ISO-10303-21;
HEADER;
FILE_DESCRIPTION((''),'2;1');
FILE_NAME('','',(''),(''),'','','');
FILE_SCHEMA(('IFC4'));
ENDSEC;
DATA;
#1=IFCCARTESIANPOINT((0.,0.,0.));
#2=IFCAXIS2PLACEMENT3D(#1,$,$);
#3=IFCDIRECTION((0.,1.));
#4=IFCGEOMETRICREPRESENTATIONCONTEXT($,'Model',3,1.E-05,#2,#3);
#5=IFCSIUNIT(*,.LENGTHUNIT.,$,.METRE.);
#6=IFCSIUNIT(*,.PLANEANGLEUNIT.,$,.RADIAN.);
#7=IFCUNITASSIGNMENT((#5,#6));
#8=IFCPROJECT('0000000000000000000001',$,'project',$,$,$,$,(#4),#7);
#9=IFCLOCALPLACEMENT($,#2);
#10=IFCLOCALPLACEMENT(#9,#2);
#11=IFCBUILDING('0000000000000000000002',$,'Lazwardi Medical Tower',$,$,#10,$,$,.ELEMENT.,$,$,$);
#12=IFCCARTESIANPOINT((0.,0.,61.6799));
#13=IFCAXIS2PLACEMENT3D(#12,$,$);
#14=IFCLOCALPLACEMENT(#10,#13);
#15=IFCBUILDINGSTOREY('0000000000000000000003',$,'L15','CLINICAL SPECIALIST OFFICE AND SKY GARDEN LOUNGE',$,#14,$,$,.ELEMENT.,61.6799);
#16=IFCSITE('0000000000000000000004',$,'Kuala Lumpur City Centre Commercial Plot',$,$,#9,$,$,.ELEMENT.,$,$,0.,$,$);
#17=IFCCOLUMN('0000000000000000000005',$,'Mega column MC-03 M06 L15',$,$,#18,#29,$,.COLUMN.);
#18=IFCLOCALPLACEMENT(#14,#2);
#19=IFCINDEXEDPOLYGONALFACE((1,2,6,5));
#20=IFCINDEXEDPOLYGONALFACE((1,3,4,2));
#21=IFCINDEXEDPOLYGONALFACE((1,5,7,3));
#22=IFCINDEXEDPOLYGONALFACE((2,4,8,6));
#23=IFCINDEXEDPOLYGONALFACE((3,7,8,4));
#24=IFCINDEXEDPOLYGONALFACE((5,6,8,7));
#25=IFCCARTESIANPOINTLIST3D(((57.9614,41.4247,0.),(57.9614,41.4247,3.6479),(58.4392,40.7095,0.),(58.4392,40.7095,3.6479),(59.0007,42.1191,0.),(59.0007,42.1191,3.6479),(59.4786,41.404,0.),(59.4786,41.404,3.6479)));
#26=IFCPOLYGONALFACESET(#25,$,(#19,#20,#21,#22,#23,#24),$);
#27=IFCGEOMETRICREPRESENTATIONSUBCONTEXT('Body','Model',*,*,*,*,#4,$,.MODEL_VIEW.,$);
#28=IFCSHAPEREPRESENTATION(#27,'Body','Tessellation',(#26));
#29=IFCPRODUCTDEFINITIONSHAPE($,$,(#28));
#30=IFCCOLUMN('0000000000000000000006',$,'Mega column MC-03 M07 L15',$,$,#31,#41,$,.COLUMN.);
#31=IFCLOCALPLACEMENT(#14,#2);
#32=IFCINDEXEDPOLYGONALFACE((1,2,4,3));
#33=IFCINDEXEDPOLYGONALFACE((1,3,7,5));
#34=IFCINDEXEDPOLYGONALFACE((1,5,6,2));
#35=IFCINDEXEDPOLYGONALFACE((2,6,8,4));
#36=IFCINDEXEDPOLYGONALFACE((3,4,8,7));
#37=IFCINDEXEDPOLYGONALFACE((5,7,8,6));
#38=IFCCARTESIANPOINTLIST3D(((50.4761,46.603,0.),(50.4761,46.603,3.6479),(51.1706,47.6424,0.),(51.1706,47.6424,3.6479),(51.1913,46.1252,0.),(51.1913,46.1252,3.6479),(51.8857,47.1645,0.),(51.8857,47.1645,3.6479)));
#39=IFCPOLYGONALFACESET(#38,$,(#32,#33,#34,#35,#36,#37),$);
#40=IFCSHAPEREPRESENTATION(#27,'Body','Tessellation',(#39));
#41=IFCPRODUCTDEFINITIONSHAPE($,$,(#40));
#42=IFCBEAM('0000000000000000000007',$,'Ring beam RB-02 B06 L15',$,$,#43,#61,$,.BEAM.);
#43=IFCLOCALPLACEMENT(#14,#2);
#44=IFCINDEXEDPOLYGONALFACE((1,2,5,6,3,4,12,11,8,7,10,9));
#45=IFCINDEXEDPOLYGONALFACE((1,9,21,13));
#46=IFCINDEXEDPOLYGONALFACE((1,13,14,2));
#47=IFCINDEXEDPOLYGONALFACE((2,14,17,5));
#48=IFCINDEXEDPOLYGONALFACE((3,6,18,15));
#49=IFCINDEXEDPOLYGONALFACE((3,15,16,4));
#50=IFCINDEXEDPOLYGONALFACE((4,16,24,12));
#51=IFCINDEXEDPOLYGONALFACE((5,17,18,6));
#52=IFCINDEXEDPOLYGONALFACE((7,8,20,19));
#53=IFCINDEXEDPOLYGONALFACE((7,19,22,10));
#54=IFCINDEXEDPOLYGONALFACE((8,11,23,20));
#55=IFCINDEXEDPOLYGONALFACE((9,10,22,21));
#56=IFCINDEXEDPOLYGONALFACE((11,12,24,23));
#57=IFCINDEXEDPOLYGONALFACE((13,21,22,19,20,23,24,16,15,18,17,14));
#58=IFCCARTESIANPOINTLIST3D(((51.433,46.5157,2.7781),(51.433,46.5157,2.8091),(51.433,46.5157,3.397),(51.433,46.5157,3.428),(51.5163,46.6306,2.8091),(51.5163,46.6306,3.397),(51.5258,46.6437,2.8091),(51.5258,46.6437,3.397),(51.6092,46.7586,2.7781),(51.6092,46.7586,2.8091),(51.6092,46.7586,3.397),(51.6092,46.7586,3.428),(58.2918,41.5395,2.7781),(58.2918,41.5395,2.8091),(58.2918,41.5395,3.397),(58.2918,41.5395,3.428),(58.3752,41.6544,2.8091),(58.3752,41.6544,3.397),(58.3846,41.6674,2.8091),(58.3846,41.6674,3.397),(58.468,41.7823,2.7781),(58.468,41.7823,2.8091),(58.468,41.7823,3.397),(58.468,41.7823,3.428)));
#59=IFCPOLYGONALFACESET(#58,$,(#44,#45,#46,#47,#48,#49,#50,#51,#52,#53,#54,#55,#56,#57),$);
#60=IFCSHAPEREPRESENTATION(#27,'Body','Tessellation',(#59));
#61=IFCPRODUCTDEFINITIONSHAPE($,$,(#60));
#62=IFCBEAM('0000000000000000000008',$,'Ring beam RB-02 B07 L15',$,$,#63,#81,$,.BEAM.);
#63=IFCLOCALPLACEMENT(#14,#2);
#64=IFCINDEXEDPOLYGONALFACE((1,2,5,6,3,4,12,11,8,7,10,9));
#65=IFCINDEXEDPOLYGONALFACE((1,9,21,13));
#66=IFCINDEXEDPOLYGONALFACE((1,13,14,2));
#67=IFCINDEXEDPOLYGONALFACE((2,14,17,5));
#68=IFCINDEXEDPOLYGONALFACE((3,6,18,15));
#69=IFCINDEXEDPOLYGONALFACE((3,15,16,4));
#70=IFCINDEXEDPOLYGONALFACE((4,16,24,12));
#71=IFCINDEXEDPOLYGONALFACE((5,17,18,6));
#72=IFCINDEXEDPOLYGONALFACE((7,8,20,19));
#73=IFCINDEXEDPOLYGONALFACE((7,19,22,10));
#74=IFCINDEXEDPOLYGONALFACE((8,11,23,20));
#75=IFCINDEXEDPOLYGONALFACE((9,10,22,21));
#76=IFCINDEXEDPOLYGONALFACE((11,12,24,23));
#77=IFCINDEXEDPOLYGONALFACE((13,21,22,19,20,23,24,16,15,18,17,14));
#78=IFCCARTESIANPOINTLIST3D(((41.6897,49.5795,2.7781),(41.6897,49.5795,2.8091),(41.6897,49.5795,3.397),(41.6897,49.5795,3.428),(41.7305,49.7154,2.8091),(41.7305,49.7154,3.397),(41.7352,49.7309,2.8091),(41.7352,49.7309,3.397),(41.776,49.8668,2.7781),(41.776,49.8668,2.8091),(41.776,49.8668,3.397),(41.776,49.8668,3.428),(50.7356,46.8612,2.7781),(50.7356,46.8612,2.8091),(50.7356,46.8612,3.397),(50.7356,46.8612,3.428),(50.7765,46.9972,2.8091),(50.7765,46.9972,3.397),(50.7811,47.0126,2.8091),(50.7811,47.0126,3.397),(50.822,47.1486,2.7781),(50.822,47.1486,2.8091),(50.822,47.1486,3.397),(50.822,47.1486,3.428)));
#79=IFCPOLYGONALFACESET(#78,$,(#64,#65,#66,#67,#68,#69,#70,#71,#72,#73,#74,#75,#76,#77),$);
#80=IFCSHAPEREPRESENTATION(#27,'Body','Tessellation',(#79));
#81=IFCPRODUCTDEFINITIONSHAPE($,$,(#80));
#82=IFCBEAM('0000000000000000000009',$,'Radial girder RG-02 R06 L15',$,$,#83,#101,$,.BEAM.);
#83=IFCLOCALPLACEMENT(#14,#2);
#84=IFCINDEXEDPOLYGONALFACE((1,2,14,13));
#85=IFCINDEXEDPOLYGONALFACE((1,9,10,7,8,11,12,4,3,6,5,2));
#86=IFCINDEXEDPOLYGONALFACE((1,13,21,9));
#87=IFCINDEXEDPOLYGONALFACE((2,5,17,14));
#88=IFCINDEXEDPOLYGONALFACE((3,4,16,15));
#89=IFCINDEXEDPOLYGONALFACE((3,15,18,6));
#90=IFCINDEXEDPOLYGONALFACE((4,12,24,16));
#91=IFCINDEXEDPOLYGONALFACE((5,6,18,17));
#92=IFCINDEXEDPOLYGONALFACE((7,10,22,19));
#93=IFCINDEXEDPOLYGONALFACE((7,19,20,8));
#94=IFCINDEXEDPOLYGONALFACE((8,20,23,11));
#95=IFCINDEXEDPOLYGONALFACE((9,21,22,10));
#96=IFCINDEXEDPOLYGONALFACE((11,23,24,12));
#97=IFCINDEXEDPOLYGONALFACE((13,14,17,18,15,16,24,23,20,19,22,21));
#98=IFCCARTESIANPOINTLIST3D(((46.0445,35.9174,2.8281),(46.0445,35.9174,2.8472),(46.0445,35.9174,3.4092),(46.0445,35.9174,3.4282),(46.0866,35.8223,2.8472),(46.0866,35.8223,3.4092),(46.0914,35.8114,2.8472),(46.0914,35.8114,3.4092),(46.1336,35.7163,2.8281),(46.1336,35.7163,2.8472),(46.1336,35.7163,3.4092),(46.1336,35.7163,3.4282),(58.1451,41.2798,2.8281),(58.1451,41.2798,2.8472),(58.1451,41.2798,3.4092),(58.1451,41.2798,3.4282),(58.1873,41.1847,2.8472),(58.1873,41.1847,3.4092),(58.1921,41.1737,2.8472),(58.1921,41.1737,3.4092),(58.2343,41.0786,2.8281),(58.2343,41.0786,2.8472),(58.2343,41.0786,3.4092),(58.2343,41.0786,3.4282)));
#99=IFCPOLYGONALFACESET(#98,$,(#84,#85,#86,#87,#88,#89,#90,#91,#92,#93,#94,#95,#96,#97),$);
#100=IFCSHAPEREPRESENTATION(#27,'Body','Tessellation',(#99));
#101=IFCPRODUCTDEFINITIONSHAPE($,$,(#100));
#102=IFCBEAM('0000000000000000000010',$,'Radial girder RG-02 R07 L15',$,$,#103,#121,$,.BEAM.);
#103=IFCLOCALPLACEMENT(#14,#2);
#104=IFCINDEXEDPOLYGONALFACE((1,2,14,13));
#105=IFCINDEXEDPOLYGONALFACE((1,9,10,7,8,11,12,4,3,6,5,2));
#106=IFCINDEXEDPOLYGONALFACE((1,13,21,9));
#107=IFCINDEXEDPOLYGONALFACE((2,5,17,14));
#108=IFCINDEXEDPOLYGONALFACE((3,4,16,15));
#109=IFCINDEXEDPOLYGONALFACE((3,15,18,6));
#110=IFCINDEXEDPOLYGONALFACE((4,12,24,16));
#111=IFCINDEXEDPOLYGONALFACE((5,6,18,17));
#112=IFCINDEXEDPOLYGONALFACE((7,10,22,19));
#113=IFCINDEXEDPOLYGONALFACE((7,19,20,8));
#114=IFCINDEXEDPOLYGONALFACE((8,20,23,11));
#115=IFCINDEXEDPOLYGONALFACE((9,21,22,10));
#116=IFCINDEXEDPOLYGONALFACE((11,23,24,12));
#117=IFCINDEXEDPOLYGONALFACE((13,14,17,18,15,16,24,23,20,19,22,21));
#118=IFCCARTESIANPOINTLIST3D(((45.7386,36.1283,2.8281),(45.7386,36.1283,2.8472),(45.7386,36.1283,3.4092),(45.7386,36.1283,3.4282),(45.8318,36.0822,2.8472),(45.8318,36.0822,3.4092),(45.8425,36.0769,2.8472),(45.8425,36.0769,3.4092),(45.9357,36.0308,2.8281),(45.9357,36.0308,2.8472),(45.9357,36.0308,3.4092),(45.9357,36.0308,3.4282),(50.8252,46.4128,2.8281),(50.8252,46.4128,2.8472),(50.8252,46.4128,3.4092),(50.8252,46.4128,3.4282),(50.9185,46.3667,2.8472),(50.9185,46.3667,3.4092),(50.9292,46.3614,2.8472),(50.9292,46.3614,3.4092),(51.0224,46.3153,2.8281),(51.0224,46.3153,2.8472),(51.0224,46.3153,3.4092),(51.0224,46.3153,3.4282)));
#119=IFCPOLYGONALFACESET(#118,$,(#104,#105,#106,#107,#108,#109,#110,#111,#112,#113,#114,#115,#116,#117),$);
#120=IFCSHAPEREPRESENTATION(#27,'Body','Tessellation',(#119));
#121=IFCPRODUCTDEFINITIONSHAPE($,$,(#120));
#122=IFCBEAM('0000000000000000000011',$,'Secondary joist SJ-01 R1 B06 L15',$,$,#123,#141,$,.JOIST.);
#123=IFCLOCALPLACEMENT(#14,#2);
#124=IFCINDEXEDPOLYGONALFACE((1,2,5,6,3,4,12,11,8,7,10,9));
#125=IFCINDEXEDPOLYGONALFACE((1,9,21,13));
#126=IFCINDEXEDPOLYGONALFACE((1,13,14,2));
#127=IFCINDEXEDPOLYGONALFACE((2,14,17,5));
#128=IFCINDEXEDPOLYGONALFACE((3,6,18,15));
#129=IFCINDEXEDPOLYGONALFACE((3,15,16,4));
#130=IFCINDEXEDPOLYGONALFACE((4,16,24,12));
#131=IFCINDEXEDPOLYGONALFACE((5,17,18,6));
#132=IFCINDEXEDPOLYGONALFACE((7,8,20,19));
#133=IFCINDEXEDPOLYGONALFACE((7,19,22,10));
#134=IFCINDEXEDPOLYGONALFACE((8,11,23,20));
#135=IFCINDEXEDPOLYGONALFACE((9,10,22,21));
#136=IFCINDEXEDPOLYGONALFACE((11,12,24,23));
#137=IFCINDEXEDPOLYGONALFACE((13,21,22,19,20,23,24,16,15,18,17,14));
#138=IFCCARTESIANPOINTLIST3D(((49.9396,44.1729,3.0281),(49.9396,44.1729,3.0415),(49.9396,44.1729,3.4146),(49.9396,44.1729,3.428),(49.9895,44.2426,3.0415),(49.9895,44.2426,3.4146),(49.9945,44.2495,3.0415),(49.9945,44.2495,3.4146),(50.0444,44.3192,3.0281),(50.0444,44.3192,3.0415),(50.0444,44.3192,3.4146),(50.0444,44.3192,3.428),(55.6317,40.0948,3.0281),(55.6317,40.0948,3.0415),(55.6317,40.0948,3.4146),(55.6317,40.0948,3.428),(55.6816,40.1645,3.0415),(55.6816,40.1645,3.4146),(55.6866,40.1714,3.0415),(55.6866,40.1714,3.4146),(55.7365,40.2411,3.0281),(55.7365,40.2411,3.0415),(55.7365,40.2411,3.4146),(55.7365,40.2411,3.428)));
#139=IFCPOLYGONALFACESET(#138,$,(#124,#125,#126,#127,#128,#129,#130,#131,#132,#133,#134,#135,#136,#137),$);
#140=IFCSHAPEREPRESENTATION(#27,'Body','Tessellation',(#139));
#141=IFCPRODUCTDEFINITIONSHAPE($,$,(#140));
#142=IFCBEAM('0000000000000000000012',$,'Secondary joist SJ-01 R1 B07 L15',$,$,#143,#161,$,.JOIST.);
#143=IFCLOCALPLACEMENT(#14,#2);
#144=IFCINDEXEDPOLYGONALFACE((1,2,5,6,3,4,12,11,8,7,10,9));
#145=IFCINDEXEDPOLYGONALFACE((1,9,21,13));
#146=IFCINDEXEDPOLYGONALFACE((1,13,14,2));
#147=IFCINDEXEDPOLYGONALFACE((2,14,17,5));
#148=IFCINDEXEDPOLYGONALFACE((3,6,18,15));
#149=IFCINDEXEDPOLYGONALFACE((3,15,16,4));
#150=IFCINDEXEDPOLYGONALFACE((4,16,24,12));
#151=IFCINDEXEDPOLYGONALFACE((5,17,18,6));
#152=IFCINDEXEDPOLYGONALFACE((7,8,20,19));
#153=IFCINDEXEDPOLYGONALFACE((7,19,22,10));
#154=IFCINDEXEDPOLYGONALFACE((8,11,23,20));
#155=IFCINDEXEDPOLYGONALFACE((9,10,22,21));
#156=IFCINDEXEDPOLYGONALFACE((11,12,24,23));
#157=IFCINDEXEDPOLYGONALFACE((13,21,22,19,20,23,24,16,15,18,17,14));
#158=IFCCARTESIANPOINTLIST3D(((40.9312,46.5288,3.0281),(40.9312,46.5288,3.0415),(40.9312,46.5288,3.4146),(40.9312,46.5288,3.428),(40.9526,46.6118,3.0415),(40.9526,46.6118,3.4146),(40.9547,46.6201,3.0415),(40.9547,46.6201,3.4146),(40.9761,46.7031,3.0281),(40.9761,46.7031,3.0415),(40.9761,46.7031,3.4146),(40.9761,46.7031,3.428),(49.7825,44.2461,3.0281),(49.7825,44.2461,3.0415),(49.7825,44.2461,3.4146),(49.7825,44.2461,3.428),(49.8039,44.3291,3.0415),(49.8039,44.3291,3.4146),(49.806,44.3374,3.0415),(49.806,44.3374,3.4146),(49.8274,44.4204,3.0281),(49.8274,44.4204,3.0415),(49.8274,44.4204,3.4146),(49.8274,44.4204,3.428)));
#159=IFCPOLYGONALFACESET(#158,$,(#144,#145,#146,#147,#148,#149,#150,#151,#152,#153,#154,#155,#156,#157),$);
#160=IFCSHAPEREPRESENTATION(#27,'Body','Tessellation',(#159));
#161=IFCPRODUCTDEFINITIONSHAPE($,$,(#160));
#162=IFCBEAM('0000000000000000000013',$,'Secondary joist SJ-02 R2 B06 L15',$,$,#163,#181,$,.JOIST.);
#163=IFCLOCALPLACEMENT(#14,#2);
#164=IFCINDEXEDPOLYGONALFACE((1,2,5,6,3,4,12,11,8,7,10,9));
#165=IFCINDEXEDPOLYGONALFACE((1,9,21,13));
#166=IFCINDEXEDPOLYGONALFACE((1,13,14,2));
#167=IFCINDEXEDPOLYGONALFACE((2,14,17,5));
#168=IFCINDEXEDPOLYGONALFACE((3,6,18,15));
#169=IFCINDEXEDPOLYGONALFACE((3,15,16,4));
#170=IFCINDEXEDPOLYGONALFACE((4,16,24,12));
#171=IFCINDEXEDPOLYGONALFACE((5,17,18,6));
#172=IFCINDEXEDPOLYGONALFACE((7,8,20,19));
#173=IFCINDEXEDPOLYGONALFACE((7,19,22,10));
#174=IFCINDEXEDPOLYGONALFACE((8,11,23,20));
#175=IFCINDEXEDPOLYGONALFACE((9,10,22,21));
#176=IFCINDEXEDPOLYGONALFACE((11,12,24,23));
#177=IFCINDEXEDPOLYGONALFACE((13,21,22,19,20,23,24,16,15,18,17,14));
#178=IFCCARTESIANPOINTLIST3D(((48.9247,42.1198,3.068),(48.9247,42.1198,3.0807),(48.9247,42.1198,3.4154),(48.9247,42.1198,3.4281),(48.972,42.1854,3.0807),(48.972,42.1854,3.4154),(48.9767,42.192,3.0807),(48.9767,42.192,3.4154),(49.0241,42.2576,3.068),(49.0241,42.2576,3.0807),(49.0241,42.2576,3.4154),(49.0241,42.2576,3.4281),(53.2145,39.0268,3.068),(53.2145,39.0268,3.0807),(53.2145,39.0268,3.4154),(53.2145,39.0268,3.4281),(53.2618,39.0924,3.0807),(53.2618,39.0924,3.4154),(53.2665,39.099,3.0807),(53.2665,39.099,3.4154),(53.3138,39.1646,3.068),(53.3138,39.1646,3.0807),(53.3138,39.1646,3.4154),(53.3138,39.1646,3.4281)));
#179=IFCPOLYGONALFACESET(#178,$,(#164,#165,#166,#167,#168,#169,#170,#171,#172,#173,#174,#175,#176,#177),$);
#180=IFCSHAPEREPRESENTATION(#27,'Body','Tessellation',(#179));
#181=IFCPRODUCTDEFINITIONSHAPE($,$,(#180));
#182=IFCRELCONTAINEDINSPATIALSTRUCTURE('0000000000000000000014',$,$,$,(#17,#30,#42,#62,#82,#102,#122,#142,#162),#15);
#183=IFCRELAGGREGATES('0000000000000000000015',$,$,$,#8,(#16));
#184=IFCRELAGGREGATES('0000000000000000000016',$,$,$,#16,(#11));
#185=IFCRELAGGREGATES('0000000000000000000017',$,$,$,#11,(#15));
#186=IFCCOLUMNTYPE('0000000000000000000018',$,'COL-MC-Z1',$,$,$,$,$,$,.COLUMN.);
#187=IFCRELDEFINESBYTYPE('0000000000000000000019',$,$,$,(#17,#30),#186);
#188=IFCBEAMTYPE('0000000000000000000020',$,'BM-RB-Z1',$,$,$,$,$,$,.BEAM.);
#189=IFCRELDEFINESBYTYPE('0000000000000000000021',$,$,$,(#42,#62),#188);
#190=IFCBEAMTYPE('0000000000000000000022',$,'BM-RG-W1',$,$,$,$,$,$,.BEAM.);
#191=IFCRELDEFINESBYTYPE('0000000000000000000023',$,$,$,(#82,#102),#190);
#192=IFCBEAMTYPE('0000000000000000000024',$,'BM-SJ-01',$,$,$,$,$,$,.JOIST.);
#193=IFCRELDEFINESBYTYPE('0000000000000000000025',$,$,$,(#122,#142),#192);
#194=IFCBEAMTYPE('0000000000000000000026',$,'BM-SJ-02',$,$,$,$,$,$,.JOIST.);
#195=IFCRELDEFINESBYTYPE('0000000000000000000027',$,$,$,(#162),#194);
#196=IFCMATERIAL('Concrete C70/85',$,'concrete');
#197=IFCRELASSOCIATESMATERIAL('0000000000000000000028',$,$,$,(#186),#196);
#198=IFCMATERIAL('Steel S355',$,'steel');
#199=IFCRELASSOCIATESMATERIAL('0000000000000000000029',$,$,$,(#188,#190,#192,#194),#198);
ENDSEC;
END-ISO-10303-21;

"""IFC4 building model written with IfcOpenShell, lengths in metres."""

from ifc_helpers import new_model, si_unit, direction, frame, origin, origin_2d, place, context, subcontext, project, spatial, rectangle, i_section, extrude, material, material_profile, profile_set, type_object, element, save


model = new_model("IFC4")

# Units and contexts
model_context = context("Model", 3, precision=1e-05, world=origin(), true_north=direction((0.0, 1.0)))
body_context = subcontext(model_context, "Body", "Model", "MODEL_VIEW")
ifc_project = project(units=[si_unit("LENGTHUNIT", "METRE"), si_unit("PLANEANGLEUNIT", "RADIAN")], contexts=[model_context])

# Site, building, storey
site_placement = place(None, origin())
site = spatial("IfcSite", under=ifc_project, at=site_placement, Name="Kuala Lumpur City Centre Commercial Plot", CompositionType="ELEMENT", RefElevation=0.0)
building_placement = place(site_placement, origin())
building = spatial("IfcBuilding", under=site, at=building_placement, Name="Lazwardi Medical Tower", CompositionType="ELEMENT")
storey_placement = place(building_placement, frame((0.0, 0.0, 61.6799)))
storey = spatial("IfcBuildingStorey", under=building, at=storey_placement, Name="L15", Description="CLINICAL SPECIALIST OFFICE AND SKY GARDEN LOUNGE", CompositionType="ELEMENT", Elevation=61.6799)

# Columns
ifc_material_1 = material(Name="Concrete C70/85", Category="concrete")
ifc_material_profile_1 = material_profile(ifc_material_1, rectangle(XDim=1.25, YDim=0.8601, at=origin_2d()), Name="CFT-RECT 1250x860")
ifc_profile_set_1 = profile_set([ifc_material_profile_1], Name="Concrete C70/85")
column_type = type_object("IfcColumnType", Name="COL-MC-Z1", PredefinedType="COLUMN", material=ifc_profile_set_1)
for number, where, z_axis, x_axis, name in (
    (1, (58.72, 41.4143, 0.0), (0.0, 0.0, 1.0), (0.83147, 0.55557, 0.0), "Mega column MC-03 M06 L15"),
    (2, (51.1809, 46.8838, 0.0), (0.0, 0.0, 1.0), (0.55557, 0.83147, 0.0), "Mega column MC-03 M07 L15"),
):
    element("IfcColumn", number, at=place(storey_placement, frame(where, z_axis=z_axis, x_axis=x_axis)), inside=storey, type_object=column_type, Name=name, PredefinedType="COLUMN", context=body_context, shape_type="SweptSolid", body=[
        extrude(rectangle(XDim=1.25, YDim=0.8601, at=origin_2d()), origin(), (0.0, 0.0, 1.0), 3.6479),
    ])

# Beams
ifc_material_2 = material(Name="Steel S355", Category="steel")
ifc_material_profile_2 = material_profile(ifc_material_2, i_section(OverallWidth=0.3, OverallDepth=0.6499, WebThickness=0.0161, FlangeThickness=0.031, at=origin_2d()), Name="HEB 650")
ifc_profile_set_2 = profile_set([ifc_material_profile_2], Name="Steel S355")
beam_type_1 = type_object("IfcBeamType", Name="BM-RB-Z1", PredefinedType="BEAM", material=ifc_profile_set_2)
beam_1_placement = place(storey_placement, frame((58.3799, 41.6609, 3.103), z_axis=(-0.809407, 0.587248, 0.0), x_axis=(-0.587248, -0.809407, 0.0)))
element("IfcBeam", 3, at=beam_1_placement, inside=storey, type_object=beam_type_1, Name="Ring beam RB-02 B06 L15", PredefinedType="BEAM", context=body_context, shape_type="SweptSolid", body=[
    extrude(i_section(OverallWidth=0.3, OverallDepth=0.6499, WebThickness=0.0161, FlangeThickness=0.031, at=origin_2d()), origin(), (0.0, 0.0, 1.0), 8.4739),
])
beam_2_placement = place(storey_placement, frame((50.7788, 47.0049, 3.103), z_axis=(-0.957695, 0.287784, 0.0), x_axis=(-0.287784, -0.957695, 0.0)))
element("IfcBeam", 4, at=beam_2_placement, inside=storey, type_object=beam_type_1, Name="Ring beam RB-02 B07 L15", PredefinedType="BEAM", context=body_context, shape_type="SweptSolid", body=[
    extrude(i_section(OverallWidth=0.3, OverallDepth=0.6499, WebThickness=0.0161, FlangeThickness=0.031, at=origin_2d()), origin(), (0.0, 0.0, 1.0), 9.4456),
])
ifc_material_profile_3 = material_profile(ifc_material_2, i_section(OverallWidth=0.22, OverallDepth=0.6001, WebThickness=0.012, FlangeThickness=0.019, at=origin_2d()), Name="IPE 600")
ifc_profile_set_3 = profile_set([ifc_material_profile_3], Name="Steel S355")
beam_type_2 = type_object("IfcBeamType", Name="BM-RG-W1", PredefinedType="BEAM", material=ifc_profile_set_3)
beam_3_placement = place(storey_placement, frame((58.1897, 41.1792, 3.1282), z_axis=(-0.914252, -0.405146, 0.0), x_axis=(0.405146, -0.914252, 0.0)))
element("IfcBeam", 5, at=beam_3_placement, inside=storey, type_object=beam_type_2, Name="Radial girder RG-02 R06 L15", PredefinedType="BEAM", context=body_context, shape_type="SweptSolid", body=[
    extrude(i_section(OverallWidth=0.22, OverallDepth=0.6001, WebThickness=0.012, FlangeThickness=0.019, at=origin_2d()), origin(), (0.0, 0.0, 1.0), 13.2356),
])
beam_4_placement = place(storey_placement, frame((50.9238, 46.364, 3.1282), z_axis=(-0.443337, -0.896355, 0.0), x_axis=(0.896355, -0.443337, 0.0)))
element("IfcBeam", 6, at=beam_4_placement, inside=storey, type_object=beam_type_2, Name="Radial girder RG-02 R07 L15", PredefinedType="BEAM", context=body_context, shape_type="SweptSolid", body=[
    extrude(i_section(OverallWidth=0.22, OverallDepth=0.6001, WebThickness=0.012, FlangeThickness=0.019, at=origin_2d()), origin(), (0.0, 0.0, 1.0), 11.4736),
])
ifc_material_profile_4 = material_profile(ifc_material_2, i_section(OverallWidth=0.1799, OverallDepth=0.3999, WebThickness=0.0085, FlangeThickness=0.0134, at=origin_2d()), Name="IPE 400")
ifc_profile_set_4 = profile_set([ifc_material_profile_4], Name="Steel S355")
beam_type_3 = type_object("IfcBeamType", Name="BM-SJ-01", PredefinedType="JOIST", material=ifc_profile_set_4)
beam_5_placement = place(storey_placement, frame((55.6841, 40.168, 3.228), z_axis=(-0.812901, 0.582402, 0.0), x_axis=(-0.582402, -0.812901, 0.0)))
element("IfcBeam", 7, at=beam_5_placement, inside=storey, type_object=beam_type_3, Name="Secondary joist SJ-01 R1 B06 L15", PredefinedType="JOIST", context=body_context, shape_type="SweptSolid", body=[
    extrude(i_section(OverallWidth=0.1799, OverallDepth=0.3999, WebThickness=0.0085, FlangeThickness=0.0134, at=origin_2d()), origin(), (0.0, 0.0, 1.0), 7.0022),
])
beam_6_placement = place(storey_placement, frame((49.8049, 44.3333, 3.228), z_axis=(-0.968317, 0.249725, 0.0), x_axis=(-0.249725, -0.968317, 0.0)))
element("IfcBeam", 8, at=beam_6_placement, inside=storey, type_object=beam_type_3, Name="Secondary joist SJ-01 R1 B07 L15", PredefinedType="JOIST", context=body_context, shape_type="SweptSolid", body=[
    extrude(i_section(OverallWidth=0.1799, OverallDepth=0.3999, WebThickness=0.0085, FlangeThickness=0.0134, at=origin_2d()), origin(), (0.0, 0.0, 1.0), 9.1409),
])
ifc_material_profile_5 = material_profile(ifc_material_2, i_section(OverallWidth=0.1699, OverallDepth=0.3601, WebThickness=0.0081, FlangeThickness=0.0127, at=origin_2d()), Name="IPE 360")
ifc_profile_set_5 = profile_set([ifc_material_profile_5], Name="Steel S355")
beam_type_4 = type_object("IfcBeamType", Name="BM-SJ-02", PredefinedType="JOIST", material=ifc_profile_set_5)
beam_7_placement = place(storey_placement, frame((53.2642, 39.0957, 3.248), z_axis=(-0.811143, 0.584848, 0.0), x_axis=(-0.584848, -0.811143, 0.0)))
element("IfcBeam", 9, at=beam_7_placement, inside=storey, type_object=beam_type_4, Name="Secondary joist SJ-02 R2 B06 L15", PredefinedType="JOIST", context=body_context, shape_type="SweptSolid", body=[
    extrude(i_section(OverallWidth=0.1699, OverallDepth=0.3601, WebThickness=0.0081, FlangeThickness=0.0127, at=origin_2d()), origin(), (0.0, 0.0, 1.0), 5.2886),
])

save(model, "model.ifc")
